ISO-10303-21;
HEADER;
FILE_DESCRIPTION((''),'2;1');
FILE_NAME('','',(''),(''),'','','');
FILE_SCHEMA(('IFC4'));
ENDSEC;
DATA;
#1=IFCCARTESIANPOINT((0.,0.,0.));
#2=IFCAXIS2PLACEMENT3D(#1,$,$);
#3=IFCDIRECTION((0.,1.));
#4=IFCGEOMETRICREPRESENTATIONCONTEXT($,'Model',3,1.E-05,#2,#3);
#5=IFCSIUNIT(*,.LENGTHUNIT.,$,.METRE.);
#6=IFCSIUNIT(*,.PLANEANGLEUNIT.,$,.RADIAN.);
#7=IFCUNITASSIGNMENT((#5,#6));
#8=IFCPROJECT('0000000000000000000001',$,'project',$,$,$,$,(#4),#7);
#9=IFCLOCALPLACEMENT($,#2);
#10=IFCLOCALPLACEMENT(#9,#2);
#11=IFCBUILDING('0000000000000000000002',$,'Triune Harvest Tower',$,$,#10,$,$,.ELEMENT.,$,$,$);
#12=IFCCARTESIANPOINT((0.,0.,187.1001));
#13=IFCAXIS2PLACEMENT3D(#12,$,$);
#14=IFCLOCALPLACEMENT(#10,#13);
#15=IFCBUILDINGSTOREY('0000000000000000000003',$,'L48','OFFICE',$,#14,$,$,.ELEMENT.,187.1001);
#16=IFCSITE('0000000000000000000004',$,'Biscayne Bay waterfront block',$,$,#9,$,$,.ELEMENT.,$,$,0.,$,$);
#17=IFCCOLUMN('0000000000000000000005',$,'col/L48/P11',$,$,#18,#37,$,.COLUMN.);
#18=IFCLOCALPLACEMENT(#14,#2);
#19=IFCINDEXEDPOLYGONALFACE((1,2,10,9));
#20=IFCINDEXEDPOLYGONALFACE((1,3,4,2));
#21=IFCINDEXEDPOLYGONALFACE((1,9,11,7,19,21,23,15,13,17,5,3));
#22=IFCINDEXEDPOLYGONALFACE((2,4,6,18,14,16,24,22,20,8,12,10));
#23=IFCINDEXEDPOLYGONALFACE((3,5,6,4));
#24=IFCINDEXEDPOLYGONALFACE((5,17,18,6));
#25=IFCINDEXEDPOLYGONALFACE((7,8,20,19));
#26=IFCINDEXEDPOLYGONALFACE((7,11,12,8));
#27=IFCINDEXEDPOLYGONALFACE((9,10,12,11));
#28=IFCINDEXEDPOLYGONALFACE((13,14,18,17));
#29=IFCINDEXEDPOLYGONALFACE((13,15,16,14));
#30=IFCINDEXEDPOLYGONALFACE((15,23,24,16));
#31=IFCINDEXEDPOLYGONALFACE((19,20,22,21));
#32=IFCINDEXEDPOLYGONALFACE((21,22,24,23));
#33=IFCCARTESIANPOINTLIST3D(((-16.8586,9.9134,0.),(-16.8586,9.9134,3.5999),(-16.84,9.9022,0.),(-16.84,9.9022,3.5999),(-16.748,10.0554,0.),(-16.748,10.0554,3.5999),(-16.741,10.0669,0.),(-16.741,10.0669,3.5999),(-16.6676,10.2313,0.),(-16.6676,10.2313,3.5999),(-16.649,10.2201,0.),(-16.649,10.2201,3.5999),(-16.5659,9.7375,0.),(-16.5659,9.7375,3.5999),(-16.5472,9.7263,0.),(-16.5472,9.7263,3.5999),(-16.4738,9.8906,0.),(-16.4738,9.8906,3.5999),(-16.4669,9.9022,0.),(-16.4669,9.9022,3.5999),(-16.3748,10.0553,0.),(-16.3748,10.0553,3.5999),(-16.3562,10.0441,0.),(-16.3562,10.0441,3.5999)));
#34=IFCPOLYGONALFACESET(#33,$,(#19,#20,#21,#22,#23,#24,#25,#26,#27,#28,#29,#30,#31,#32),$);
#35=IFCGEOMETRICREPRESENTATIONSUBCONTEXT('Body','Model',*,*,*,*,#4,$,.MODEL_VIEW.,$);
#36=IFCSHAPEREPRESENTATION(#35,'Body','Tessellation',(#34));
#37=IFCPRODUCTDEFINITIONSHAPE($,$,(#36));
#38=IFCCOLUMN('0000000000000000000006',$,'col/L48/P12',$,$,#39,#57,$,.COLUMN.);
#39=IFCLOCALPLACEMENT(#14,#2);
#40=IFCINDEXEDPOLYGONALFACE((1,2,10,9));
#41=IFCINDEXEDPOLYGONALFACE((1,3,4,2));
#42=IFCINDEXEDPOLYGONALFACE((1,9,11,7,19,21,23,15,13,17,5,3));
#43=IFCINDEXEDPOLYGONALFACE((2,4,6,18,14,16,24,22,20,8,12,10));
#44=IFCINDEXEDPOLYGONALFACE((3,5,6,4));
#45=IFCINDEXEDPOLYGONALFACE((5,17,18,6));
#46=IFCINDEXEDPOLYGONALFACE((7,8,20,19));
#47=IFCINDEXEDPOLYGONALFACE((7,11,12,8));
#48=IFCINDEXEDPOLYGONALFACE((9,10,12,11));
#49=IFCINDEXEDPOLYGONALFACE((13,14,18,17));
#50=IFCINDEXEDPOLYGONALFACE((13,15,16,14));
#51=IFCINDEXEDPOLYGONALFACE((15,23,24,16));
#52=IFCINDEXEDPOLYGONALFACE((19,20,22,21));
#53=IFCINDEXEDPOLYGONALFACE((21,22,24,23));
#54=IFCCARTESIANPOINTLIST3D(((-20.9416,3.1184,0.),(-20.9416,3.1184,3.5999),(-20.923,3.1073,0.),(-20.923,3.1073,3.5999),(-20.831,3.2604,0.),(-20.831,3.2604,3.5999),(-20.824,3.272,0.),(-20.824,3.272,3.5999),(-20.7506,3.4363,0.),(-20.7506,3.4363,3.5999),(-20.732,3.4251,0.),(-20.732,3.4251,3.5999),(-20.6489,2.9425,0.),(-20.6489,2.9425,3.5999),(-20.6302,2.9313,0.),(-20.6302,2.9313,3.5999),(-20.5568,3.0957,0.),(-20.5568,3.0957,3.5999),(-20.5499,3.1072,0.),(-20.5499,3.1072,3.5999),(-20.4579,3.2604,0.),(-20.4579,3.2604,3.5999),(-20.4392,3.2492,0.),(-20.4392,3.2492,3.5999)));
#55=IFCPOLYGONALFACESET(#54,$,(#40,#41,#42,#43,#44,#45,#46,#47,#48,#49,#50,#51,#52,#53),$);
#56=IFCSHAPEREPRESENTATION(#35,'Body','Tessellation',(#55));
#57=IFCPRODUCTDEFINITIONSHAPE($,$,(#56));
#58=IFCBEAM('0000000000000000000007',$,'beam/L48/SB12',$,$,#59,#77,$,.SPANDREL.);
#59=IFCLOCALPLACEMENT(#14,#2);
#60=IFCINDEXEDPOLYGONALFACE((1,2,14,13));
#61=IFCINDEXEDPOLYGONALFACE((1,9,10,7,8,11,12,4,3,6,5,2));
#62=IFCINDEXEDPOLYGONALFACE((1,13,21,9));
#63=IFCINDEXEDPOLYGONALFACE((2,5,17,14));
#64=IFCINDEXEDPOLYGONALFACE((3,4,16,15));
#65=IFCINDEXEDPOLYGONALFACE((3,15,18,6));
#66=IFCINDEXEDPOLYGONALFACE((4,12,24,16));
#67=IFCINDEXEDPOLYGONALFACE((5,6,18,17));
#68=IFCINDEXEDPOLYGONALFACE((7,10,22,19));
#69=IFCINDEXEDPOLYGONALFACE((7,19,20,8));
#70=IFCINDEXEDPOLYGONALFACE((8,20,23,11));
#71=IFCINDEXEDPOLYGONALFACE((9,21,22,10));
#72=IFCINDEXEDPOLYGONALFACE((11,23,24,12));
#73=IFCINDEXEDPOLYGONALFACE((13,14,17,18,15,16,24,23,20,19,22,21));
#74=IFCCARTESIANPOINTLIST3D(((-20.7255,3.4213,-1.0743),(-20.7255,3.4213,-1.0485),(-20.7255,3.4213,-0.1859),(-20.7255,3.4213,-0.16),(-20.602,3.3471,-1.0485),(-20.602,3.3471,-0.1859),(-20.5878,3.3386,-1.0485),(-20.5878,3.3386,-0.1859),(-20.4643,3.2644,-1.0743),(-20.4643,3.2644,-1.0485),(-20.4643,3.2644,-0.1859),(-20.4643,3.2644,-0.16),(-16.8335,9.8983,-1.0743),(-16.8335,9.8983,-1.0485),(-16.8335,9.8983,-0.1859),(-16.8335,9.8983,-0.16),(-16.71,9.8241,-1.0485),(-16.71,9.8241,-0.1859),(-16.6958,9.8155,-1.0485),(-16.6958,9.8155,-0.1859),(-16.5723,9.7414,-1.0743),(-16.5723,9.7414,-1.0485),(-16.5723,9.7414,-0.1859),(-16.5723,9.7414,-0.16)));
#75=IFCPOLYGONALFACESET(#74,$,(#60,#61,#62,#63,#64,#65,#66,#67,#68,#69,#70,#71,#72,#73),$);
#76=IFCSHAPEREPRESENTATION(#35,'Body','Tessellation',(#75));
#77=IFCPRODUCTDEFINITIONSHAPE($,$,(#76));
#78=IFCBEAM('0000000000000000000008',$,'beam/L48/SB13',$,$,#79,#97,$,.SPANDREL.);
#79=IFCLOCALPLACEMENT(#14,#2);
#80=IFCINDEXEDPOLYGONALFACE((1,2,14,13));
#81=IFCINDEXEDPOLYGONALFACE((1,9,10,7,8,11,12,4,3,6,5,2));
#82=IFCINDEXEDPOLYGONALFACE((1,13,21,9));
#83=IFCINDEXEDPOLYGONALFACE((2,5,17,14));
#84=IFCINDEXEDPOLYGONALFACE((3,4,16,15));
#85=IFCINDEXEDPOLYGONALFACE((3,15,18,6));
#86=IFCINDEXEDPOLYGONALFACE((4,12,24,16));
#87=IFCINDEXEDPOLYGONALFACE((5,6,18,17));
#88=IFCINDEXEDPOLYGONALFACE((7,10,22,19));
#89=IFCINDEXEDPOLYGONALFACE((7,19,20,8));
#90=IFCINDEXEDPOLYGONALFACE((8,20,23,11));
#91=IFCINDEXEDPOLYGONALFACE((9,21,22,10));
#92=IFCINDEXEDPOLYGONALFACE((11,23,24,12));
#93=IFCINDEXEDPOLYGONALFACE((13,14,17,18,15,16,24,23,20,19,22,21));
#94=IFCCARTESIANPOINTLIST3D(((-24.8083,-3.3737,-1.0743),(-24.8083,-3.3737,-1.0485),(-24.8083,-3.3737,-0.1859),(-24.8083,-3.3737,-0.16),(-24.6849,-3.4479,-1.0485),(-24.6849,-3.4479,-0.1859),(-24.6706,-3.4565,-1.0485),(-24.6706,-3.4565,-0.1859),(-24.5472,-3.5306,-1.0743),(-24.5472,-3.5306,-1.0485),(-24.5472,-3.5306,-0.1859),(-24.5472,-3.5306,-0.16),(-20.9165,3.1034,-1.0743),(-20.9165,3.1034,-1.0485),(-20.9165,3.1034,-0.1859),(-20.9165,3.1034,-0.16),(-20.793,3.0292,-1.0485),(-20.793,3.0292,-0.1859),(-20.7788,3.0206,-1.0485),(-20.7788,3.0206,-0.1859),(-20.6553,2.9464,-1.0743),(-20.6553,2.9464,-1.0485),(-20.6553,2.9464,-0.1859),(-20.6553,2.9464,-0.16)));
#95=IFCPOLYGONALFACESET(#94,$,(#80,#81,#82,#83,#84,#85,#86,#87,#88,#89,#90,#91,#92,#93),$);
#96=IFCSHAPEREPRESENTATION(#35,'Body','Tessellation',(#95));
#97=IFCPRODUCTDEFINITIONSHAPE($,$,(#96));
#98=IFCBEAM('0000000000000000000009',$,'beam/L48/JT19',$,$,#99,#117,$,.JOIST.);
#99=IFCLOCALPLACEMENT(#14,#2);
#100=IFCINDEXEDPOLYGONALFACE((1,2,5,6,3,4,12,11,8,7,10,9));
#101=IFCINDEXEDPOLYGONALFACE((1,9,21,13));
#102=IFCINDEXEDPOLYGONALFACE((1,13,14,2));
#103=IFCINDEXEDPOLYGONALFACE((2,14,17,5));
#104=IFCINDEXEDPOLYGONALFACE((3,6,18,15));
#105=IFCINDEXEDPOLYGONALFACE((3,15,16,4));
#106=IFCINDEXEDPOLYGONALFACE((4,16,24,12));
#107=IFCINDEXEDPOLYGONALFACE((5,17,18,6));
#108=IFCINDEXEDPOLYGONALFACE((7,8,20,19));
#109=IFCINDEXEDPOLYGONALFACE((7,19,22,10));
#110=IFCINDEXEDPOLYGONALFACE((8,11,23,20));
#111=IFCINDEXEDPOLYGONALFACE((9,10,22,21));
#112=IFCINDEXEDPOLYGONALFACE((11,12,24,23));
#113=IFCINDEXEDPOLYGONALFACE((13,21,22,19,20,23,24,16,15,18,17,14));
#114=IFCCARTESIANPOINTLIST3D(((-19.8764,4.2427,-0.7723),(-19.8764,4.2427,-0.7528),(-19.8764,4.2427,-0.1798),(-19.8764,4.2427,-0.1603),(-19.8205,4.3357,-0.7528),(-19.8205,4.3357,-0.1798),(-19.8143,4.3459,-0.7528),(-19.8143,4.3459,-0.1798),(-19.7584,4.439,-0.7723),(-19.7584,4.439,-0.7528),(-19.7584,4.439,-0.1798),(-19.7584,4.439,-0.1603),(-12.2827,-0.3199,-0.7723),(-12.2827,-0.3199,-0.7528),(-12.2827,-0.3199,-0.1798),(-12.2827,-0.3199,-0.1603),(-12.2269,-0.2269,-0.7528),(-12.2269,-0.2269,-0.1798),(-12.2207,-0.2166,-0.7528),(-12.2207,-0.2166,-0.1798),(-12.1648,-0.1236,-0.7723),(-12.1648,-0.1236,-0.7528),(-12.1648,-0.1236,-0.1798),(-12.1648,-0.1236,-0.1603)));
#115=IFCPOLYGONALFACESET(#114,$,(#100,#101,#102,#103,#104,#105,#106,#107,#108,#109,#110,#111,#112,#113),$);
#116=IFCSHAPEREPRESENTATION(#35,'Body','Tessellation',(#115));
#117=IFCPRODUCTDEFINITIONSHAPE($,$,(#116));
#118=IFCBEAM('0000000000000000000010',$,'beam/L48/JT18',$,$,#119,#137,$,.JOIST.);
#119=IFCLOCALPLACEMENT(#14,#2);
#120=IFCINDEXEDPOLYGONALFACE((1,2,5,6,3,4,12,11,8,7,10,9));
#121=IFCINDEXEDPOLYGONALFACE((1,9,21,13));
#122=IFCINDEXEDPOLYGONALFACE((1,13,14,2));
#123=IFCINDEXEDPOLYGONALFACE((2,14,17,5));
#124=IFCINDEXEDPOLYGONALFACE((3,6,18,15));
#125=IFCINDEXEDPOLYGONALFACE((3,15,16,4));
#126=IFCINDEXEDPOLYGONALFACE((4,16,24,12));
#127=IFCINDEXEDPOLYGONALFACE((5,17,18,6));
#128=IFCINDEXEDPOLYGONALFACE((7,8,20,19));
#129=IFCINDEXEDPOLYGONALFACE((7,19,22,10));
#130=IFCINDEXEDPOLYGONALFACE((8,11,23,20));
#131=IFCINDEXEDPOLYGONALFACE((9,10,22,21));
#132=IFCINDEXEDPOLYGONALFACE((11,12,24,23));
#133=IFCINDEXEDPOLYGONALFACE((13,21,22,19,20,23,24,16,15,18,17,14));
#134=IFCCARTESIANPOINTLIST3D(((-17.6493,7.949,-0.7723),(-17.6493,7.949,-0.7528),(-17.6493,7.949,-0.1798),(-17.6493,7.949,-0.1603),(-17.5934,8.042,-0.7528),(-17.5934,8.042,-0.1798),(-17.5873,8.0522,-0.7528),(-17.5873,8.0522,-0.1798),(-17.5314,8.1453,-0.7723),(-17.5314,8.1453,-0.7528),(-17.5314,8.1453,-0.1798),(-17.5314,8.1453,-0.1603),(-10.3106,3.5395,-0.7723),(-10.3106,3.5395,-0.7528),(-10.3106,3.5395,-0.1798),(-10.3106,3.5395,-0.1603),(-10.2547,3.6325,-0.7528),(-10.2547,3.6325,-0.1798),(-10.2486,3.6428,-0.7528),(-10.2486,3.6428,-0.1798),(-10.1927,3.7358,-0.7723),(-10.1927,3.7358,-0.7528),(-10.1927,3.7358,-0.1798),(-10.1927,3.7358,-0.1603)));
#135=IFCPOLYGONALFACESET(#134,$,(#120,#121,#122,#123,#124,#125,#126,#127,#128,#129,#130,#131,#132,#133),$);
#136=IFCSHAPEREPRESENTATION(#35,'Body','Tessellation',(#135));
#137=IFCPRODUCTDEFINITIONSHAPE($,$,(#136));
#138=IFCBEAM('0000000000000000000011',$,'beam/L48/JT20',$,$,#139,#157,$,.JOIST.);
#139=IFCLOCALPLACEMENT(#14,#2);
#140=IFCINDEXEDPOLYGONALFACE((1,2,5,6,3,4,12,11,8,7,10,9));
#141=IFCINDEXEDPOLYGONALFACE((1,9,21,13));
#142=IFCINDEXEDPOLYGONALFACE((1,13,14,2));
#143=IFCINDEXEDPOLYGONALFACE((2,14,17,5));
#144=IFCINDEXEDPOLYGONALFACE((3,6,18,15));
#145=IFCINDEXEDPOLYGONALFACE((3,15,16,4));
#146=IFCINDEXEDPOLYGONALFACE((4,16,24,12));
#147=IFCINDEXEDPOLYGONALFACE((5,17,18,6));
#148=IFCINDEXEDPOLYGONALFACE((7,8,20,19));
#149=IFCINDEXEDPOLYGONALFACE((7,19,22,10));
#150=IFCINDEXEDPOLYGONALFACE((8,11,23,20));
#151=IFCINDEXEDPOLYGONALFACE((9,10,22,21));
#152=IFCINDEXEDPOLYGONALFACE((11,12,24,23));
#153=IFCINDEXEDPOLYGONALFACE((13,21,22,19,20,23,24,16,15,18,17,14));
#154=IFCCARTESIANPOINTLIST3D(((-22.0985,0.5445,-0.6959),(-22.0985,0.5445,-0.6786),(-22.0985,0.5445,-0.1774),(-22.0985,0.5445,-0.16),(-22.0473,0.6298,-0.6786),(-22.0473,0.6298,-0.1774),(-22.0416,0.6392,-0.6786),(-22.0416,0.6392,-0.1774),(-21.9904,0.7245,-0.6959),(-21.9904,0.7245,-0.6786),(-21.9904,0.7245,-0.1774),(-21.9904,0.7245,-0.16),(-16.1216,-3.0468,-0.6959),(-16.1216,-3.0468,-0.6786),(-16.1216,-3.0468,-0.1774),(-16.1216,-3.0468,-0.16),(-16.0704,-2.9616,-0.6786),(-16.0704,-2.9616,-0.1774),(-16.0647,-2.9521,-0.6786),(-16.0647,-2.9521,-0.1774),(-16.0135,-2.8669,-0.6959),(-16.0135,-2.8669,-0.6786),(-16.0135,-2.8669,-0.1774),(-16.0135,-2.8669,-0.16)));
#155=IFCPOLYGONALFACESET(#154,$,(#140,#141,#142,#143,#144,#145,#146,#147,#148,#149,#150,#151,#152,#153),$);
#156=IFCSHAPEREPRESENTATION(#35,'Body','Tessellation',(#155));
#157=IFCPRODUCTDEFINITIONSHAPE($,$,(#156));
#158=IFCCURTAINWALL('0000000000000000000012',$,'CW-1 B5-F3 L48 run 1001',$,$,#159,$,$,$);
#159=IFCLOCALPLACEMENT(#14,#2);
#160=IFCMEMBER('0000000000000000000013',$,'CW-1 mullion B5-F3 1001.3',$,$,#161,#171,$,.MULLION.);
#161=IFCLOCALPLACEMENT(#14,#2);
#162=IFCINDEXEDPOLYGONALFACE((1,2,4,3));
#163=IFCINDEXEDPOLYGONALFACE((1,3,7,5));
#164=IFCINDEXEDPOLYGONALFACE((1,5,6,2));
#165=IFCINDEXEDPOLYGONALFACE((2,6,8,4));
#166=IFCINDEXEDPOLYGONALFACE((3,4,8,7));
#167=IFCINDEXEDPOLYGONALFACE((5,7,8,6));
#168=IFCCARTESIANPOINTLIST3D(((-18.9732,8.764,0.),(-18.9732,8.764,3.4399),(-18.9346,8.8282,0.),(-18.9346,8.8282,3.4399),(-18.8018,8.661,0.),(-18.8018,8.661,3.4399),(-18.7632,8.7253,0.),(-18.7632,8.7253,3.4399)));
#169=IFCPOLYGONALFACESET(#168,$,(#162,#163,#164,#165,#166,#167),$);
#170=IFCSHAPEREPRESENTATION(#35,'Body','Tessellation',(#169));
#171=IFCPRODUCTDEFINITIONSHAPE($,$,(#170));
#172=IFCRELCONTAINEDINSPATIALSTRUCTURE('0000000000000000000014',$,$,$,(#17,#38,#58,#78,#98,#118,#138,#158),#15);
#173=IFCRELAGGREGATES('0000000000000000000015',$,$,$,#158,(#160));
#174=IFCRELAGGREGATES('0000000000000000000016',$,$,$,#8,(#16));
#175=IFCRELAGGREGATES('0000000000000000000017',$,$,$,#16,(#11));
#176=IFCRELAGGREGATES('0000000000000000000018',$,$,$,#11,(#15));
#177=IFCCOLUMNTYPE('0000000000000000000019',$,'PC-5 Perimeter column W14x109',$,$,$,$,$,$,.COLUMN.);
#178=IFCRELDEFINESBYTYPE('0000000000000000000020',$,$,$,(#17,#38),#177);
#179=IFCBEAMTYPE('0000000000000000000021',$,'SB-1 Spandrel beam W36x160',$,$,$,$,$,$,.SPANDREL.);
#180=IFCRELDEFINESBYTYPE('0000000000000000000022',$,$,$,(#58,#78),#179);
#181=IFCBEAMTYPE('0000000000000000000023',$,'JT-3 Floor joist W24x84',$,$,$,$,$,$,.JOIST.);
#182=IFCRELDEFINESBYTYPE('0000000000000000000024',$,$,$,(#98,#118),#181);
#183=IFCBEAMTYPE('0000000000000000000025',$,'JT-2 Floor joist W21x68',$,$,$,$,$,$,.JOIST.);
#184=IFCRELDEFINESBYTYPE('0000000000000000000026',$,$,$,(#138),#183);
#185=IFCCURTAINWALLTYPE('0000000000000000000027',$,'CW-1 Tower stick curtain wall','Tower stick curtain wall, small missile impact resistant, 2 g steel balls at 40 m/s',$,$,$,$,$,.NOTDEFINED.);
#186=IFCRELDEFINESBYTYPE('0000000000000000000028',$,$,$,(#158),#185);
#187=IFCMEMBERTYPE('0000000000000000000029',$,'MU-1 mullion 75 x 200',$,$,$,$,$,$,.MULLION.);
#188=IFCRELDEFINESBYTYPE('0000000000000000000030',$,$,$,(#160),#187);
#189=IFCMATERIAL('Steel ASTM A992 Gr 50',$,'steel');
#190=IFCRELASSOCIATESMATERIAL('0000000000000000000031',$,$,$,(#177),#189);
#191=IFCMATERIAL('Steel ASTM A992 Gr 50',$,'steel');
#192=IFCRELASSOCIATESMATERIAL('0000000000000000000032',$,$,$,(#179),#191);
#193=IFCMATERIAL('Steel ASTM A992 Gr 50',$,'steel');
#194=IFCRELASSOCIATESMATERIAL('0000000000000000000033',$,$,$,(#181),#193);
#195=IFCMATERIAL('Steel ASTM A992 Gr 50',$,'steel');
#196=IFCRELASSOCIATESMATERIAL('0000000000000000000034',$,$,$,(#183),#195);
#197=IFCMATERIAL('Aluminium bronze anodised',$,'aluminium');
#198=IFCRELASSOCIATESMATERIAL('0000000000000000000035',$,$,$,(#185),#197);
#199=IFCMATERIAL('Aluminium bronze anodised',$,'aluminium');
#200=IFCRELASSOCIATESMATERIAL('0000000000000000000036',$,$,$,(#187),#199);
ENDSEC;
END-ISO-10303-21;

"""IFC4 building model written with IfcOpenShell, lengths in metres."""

from ifc_helpers import new_model, si_unit, direction, frame, origin, origin_2d, place, context, subcontext, project, spatial, rectangle, i_section, extrude, source, transform, mapped, material, material_profile, profile_set, type_object, element, aggregate, save


model = new_model("IFC4")

# Units and contexts
model_context = context("Model", 3, precision=1e-05, world=origin(), true_north=direction((0.0, 1.0)))
body_context = subcontext(model_context, "Body", "Model", "MODEL_VIEW")
ifc_project = project(units=[si_unit("LENGTHUNIT", "METRE"), si_unit("PLANEANGLEUNIT", "RADIAN")], contexts=[model_context])

# Site, building, storey
site_placement = place(None, origin())
site = spatial("IfcSite", under=ifc_project, at=site_placement, Name="Biscayne Bay waterfront block", CompositionType="ELEMENT", RefElevation=0.0)
building_placement = place(site_placement, origin())
building = spatial("IfcBuilding", under=site, at=building_placement, Name="Triune Harvest Tower", CompositionType="ELEMENT")
storey_placement = place(building_placement, frame((0.0, 0.0, 187.1001)))
storey = spatial("IfcBuildingStorey", under=building, at=storey_placement, Name="L48", Description="OFFICE", CompositionType="ELEMENT", Elevation=187.1001)

# Columns
ifc_material_1 = material(Name="Steel ASTM A992 Gr 50", Category="steel")
ifc_material_profile_1 = material_profile(ifc_material_1, i_section(OverallWidth=0.3708, OverallDepth=0.3633, WebThickness=0.0134, FlangeThickness=0.0217, at=origin_2d()), Name="W14x109")
ifc_profile_set_1 = profile_set([ifc_material_profile_1], Name="Steel ASTM A992 Gr 50")
column_type = type_object("IfcColumnType", Name="PC-5 Perimeter column W14x109", PredefinedType="COLUMN", material=ifc_profile_set_1)
shared_shape_1 = source(origin(), body_context, "Body", "SweptSolid", [
    extrude(i_section(OverallWidth=0.3708, OverallDepth=0.3633, WebThickness=0.0134, FlangeThickness=0.0217, at=origin_2d()), origin(), (0.0, 0.0, 1.0), 3.5999),
])
for number, where, z_axis, x_axis, name in (
    (1, (-16.6074, 9.9788, 0.0), (0.0, 0.0, 1.0), (-0.515037, -0.857168, 0.0), "col/L48/P11"),
    (2, (-20.6904, 3.1838, 0.0), (0.0, 0.0, 1.0), (-0.515037, -0.857168, 0.0), "col/L48/P12"),
):
    element("IfcColumn", number, at=place(storey_placement, frame(where, z_axis=z_axis, x_axis=x_axis)), inside=storey, type_object=column_type, Name=name, PredefinedType="COLUMN", context=body_context, shape_type="MappedRepresentation", body=[
        mapped(shared_shape_1, transform((0.0, 0.0, 0.0), scale=1.0)),
    ])

# Beams
ifc_material_2 = material(Name="Steel ASTM A992 Gr 50", Category="steel")
ifc_material_profile_2 = material_profile(ifc_material_2, i_section(OverallWidth=0.3047, OverallDepth=0.9143, WebThickness=0.0166, FlangeThickness=0.0259, at=origin_2d()), Name="W36x160")
ifc_profile_set_2 = profile_set([ifc_material_profile_2], Name="Steel ASTM A992 Gr 50")
beam_type_1 = type_object("IfcBeamType", Name="SB-1 Spandrel beam W36x160", PredefinedType="SPANDREL", material=ifc_profile_set_2)
shared_shape_2 = source(origin(), body_context, "Body", "SweptSolid", [
    extrude(i_section(OverallWidth=0.3047, OverallDepth=0.9143, WebThickness=0.0166, FlangeThickness=0.0259, at=origin_2d()), origin(), (0.0, 0.0, 1.0), 7.5564),
])
for number, where, z_axis, x_axis, name in (
    (3, (-16.7029, 9.8198, -0.6172), (-0.515066, -0.857151, 0.0), (0.857151, -0.515066, 0.0), "beam/L48/SB12"),
    (4, (-20.7859, 3.0249, -0.6172), (-0.515042, -0.857165, 0.0), (0.857165, -0.515042, 0.0), "beam/L48/SB13"),
):
    element("IfcBeam", number, at=place(storey_placement, frame(where, z_axis=z_axis, x_axis=x_axis)), inside=storey, type_object=beam_type_1, Name=name, PredefinedType="SPANDREL", context=body_context, shape_type="MappedRepresentation", body=[
        mapped(shared_shape_2, transform((0.0, 0.0, 0.0), scale=1.0)),
    ])
ifc_material_3 = material(Name="Steel ASTM A992 Gr 50", Category="steel")
ifc_material_profile_3 = material_profile(ifc_material_3, i_section(OverallWidth=0.229, OverallDepth=0.6121, WebThickness=0.012, FlangeThickness=0.0195, at=origin_2d()), Name="W24x84")
ifc_profile_set_3 = profile_set([ifc_material_profile_3], Name="Steel ASTM A992 Gr 50")
beam_type_2 = type_object("IfcBeamType", Name="JT-3 Floor joist W24x84", PredefinedType="JOIST", material=ifc_profile_set_3)
shared_shape_3 = source(origin(), body_context, "Body", "SweptSolid", [
    extrude(i_section(OverallWidth=0.229, OverallDepth=0.6121, WebThickness=0.012, FlangeThickness=0.0195, at=origin_2d()), origin(), (0.0, 0.0, 1.0), 8.8589),
])
beam_1_placement = place(storey_placement, frame((-19.8174, 4.3408, -0.4663), z_axis=(0.857174, -0.515027, 0.0), x_axis=(0.515027, 0.857174, 0.0)))
element("IfcBeam", 5, at=beam_1_placement, inside=storey, type_object=beam_type_2, Name="beam/L48/JT19", PredefinedType="JOIST", context=body_context, shape_type="MappedRepresentation", body=[
    mapped(shared_shape_3, transform((0.0, 0.0, 0.0), scale=1.0)),
])
shared_shape_4 = source(origin(), body_context, "Body", "SweptSolid", [
    extrude(i_section(OverallWidth=0.229, OverallDepth=0.6121, WebThickness=0.012, FlangeThickness=0.0195, at=origin_2d()), origin(), (0.0, 0.0, 1.0), 8.5615),
])
beam_2_placement = place(storey_placement, frame((-17.5903, 8.0471, -0.4663), z_axis=(0.857171, -0.515032, 0.0), x_axis=(0.515032, 0.857171, 0.0)))
element("IfcBeam", 6, at=beam_2_placement, inside=storey, type_object=beam_type_2, Name="beam/L48/JT18", PredefinedType="JOIST", context=body_context, shape_type="MappedRepresentation", body=[
    mapped(shared_shape_4, transform((0.0, 0.0, 0.0), scale=1.0)),
])
ifc_material_4 = material(Name="Steel ASTM A992 Gr 50", Category="steel")
ifc_material_profile_4 = material_profile(ifc_material_4, i_section(OverallWidth=0.21, OverallDepth=0.5359, WebThickness=0.011, FlangeThickness=0.0173, at=origin_2d()), Name="W21x68")
ifc_profile_set_4 = profile_set([ifc_material_profile_4], Name="Steel ASTM A992 Gr 50")
beam_type_3 = type_object("IfcBeamType", Name="JT-2 Floor joist W21x68", PredefinedType="JOIST", material=ifc_profile_set_4)
shared_shape_5 = source(origin(), body_context, "Body", "SweptSolid", [
    extrude(i_section(OverallWidth=0.21, OverallDepth=0.5359, WebThickness=0.011, FlangeThickness=0.0173, at=origin_2d()), origin(), (0.0, 0.0, 1.0), 6.9729),
])
beam_3_placement = place(storey_placement, frame((-22.0444, 0.6345, -0.428), z_axis=(0.857162, -0.515047, 0.0), x_axis=(0.515047, 0.857162, 0.0)))
element("IfcBeam", 7, at=beam_3_placement, inside=storey, type_object=beam_type_3, Name="beam/L48/JT20", PredefinedType="JOIST", context=body_context, shape_type="MappedRepresentation", body=[
    mapped(shared_shape_5, transform((0.0, 0.0, 0.0), scale=1.0)),
])

# Curtain wall, member
ifc_material_5 = material(Name="Aluminium bronze anodised", Category="aluminium")
curtain_wall_type_1 = type_object("IfcCurtainWallType", Name="CW-1 Tower stick curtain wall", Description="Tower stick curtain wall, small missile impact resistant, 2 g steel balls at 40 m/s", PredefinedType="NOTDEFINED", material=ifc_material_5)
curtain_wall_1_placement = place(storey_placement, origin())
curtain_wall_1 = element("IfcCurtainWall", 8, at=curtain_wall_1_placement, inside=storey, type_object=curtain_wall_type_1, Name="CW-1 B5-F3 L48 run 1001")
ifc_material_6 = material(Name="Aluminium bronze anodised", Category="aluminium")
ifc_material_profile_5 = material_profile(ifc_material_6, rectangle(XDim=0.2, YDim=0.075, at=origin_2d()), Name="MU-1 mullion 75 x 200")
ifc_profile_set_5 = profile_set([ifc_material_profile_5], Name="Aluminium bronze anodised")
member_type_1 = type_object("IfcMemberType", Name="MU-1 mullion 75 x 200", PredefinedType="MULLION", material=ifc_profile_set_5)
shared_shape_6 = source(origin(), body_context, "Body", "SweptSolid", [
    extrude(rectangle(XDim=0.2, YDim=0.075, at=origin_2d()), origin(), (0.0, 0.0, 1.0), 3.4399),
])
member_1_placement = place(storey_placement, frame((-18.8682, 8.7446, 0.0), z_axis=(0.0, 0.0, 1.0), x_axis=(0.857172, -0.515031, 0.0)))
member_1 = element("IfcMember", 9, at=member_1_placement, type_object=member_type_1, Name="CW-1 mullion B5-F3 1001.3", PredefinedType="MULLION", context=body_context, shape_type="MappedRepresentation", body=[
    mapped(shared_shape_6, transform((0.0, 0.0, 0.0), scale=1.0)),
])

aggregate(curtain_wall_1, [member_1])

save(model, "model.ifc")
